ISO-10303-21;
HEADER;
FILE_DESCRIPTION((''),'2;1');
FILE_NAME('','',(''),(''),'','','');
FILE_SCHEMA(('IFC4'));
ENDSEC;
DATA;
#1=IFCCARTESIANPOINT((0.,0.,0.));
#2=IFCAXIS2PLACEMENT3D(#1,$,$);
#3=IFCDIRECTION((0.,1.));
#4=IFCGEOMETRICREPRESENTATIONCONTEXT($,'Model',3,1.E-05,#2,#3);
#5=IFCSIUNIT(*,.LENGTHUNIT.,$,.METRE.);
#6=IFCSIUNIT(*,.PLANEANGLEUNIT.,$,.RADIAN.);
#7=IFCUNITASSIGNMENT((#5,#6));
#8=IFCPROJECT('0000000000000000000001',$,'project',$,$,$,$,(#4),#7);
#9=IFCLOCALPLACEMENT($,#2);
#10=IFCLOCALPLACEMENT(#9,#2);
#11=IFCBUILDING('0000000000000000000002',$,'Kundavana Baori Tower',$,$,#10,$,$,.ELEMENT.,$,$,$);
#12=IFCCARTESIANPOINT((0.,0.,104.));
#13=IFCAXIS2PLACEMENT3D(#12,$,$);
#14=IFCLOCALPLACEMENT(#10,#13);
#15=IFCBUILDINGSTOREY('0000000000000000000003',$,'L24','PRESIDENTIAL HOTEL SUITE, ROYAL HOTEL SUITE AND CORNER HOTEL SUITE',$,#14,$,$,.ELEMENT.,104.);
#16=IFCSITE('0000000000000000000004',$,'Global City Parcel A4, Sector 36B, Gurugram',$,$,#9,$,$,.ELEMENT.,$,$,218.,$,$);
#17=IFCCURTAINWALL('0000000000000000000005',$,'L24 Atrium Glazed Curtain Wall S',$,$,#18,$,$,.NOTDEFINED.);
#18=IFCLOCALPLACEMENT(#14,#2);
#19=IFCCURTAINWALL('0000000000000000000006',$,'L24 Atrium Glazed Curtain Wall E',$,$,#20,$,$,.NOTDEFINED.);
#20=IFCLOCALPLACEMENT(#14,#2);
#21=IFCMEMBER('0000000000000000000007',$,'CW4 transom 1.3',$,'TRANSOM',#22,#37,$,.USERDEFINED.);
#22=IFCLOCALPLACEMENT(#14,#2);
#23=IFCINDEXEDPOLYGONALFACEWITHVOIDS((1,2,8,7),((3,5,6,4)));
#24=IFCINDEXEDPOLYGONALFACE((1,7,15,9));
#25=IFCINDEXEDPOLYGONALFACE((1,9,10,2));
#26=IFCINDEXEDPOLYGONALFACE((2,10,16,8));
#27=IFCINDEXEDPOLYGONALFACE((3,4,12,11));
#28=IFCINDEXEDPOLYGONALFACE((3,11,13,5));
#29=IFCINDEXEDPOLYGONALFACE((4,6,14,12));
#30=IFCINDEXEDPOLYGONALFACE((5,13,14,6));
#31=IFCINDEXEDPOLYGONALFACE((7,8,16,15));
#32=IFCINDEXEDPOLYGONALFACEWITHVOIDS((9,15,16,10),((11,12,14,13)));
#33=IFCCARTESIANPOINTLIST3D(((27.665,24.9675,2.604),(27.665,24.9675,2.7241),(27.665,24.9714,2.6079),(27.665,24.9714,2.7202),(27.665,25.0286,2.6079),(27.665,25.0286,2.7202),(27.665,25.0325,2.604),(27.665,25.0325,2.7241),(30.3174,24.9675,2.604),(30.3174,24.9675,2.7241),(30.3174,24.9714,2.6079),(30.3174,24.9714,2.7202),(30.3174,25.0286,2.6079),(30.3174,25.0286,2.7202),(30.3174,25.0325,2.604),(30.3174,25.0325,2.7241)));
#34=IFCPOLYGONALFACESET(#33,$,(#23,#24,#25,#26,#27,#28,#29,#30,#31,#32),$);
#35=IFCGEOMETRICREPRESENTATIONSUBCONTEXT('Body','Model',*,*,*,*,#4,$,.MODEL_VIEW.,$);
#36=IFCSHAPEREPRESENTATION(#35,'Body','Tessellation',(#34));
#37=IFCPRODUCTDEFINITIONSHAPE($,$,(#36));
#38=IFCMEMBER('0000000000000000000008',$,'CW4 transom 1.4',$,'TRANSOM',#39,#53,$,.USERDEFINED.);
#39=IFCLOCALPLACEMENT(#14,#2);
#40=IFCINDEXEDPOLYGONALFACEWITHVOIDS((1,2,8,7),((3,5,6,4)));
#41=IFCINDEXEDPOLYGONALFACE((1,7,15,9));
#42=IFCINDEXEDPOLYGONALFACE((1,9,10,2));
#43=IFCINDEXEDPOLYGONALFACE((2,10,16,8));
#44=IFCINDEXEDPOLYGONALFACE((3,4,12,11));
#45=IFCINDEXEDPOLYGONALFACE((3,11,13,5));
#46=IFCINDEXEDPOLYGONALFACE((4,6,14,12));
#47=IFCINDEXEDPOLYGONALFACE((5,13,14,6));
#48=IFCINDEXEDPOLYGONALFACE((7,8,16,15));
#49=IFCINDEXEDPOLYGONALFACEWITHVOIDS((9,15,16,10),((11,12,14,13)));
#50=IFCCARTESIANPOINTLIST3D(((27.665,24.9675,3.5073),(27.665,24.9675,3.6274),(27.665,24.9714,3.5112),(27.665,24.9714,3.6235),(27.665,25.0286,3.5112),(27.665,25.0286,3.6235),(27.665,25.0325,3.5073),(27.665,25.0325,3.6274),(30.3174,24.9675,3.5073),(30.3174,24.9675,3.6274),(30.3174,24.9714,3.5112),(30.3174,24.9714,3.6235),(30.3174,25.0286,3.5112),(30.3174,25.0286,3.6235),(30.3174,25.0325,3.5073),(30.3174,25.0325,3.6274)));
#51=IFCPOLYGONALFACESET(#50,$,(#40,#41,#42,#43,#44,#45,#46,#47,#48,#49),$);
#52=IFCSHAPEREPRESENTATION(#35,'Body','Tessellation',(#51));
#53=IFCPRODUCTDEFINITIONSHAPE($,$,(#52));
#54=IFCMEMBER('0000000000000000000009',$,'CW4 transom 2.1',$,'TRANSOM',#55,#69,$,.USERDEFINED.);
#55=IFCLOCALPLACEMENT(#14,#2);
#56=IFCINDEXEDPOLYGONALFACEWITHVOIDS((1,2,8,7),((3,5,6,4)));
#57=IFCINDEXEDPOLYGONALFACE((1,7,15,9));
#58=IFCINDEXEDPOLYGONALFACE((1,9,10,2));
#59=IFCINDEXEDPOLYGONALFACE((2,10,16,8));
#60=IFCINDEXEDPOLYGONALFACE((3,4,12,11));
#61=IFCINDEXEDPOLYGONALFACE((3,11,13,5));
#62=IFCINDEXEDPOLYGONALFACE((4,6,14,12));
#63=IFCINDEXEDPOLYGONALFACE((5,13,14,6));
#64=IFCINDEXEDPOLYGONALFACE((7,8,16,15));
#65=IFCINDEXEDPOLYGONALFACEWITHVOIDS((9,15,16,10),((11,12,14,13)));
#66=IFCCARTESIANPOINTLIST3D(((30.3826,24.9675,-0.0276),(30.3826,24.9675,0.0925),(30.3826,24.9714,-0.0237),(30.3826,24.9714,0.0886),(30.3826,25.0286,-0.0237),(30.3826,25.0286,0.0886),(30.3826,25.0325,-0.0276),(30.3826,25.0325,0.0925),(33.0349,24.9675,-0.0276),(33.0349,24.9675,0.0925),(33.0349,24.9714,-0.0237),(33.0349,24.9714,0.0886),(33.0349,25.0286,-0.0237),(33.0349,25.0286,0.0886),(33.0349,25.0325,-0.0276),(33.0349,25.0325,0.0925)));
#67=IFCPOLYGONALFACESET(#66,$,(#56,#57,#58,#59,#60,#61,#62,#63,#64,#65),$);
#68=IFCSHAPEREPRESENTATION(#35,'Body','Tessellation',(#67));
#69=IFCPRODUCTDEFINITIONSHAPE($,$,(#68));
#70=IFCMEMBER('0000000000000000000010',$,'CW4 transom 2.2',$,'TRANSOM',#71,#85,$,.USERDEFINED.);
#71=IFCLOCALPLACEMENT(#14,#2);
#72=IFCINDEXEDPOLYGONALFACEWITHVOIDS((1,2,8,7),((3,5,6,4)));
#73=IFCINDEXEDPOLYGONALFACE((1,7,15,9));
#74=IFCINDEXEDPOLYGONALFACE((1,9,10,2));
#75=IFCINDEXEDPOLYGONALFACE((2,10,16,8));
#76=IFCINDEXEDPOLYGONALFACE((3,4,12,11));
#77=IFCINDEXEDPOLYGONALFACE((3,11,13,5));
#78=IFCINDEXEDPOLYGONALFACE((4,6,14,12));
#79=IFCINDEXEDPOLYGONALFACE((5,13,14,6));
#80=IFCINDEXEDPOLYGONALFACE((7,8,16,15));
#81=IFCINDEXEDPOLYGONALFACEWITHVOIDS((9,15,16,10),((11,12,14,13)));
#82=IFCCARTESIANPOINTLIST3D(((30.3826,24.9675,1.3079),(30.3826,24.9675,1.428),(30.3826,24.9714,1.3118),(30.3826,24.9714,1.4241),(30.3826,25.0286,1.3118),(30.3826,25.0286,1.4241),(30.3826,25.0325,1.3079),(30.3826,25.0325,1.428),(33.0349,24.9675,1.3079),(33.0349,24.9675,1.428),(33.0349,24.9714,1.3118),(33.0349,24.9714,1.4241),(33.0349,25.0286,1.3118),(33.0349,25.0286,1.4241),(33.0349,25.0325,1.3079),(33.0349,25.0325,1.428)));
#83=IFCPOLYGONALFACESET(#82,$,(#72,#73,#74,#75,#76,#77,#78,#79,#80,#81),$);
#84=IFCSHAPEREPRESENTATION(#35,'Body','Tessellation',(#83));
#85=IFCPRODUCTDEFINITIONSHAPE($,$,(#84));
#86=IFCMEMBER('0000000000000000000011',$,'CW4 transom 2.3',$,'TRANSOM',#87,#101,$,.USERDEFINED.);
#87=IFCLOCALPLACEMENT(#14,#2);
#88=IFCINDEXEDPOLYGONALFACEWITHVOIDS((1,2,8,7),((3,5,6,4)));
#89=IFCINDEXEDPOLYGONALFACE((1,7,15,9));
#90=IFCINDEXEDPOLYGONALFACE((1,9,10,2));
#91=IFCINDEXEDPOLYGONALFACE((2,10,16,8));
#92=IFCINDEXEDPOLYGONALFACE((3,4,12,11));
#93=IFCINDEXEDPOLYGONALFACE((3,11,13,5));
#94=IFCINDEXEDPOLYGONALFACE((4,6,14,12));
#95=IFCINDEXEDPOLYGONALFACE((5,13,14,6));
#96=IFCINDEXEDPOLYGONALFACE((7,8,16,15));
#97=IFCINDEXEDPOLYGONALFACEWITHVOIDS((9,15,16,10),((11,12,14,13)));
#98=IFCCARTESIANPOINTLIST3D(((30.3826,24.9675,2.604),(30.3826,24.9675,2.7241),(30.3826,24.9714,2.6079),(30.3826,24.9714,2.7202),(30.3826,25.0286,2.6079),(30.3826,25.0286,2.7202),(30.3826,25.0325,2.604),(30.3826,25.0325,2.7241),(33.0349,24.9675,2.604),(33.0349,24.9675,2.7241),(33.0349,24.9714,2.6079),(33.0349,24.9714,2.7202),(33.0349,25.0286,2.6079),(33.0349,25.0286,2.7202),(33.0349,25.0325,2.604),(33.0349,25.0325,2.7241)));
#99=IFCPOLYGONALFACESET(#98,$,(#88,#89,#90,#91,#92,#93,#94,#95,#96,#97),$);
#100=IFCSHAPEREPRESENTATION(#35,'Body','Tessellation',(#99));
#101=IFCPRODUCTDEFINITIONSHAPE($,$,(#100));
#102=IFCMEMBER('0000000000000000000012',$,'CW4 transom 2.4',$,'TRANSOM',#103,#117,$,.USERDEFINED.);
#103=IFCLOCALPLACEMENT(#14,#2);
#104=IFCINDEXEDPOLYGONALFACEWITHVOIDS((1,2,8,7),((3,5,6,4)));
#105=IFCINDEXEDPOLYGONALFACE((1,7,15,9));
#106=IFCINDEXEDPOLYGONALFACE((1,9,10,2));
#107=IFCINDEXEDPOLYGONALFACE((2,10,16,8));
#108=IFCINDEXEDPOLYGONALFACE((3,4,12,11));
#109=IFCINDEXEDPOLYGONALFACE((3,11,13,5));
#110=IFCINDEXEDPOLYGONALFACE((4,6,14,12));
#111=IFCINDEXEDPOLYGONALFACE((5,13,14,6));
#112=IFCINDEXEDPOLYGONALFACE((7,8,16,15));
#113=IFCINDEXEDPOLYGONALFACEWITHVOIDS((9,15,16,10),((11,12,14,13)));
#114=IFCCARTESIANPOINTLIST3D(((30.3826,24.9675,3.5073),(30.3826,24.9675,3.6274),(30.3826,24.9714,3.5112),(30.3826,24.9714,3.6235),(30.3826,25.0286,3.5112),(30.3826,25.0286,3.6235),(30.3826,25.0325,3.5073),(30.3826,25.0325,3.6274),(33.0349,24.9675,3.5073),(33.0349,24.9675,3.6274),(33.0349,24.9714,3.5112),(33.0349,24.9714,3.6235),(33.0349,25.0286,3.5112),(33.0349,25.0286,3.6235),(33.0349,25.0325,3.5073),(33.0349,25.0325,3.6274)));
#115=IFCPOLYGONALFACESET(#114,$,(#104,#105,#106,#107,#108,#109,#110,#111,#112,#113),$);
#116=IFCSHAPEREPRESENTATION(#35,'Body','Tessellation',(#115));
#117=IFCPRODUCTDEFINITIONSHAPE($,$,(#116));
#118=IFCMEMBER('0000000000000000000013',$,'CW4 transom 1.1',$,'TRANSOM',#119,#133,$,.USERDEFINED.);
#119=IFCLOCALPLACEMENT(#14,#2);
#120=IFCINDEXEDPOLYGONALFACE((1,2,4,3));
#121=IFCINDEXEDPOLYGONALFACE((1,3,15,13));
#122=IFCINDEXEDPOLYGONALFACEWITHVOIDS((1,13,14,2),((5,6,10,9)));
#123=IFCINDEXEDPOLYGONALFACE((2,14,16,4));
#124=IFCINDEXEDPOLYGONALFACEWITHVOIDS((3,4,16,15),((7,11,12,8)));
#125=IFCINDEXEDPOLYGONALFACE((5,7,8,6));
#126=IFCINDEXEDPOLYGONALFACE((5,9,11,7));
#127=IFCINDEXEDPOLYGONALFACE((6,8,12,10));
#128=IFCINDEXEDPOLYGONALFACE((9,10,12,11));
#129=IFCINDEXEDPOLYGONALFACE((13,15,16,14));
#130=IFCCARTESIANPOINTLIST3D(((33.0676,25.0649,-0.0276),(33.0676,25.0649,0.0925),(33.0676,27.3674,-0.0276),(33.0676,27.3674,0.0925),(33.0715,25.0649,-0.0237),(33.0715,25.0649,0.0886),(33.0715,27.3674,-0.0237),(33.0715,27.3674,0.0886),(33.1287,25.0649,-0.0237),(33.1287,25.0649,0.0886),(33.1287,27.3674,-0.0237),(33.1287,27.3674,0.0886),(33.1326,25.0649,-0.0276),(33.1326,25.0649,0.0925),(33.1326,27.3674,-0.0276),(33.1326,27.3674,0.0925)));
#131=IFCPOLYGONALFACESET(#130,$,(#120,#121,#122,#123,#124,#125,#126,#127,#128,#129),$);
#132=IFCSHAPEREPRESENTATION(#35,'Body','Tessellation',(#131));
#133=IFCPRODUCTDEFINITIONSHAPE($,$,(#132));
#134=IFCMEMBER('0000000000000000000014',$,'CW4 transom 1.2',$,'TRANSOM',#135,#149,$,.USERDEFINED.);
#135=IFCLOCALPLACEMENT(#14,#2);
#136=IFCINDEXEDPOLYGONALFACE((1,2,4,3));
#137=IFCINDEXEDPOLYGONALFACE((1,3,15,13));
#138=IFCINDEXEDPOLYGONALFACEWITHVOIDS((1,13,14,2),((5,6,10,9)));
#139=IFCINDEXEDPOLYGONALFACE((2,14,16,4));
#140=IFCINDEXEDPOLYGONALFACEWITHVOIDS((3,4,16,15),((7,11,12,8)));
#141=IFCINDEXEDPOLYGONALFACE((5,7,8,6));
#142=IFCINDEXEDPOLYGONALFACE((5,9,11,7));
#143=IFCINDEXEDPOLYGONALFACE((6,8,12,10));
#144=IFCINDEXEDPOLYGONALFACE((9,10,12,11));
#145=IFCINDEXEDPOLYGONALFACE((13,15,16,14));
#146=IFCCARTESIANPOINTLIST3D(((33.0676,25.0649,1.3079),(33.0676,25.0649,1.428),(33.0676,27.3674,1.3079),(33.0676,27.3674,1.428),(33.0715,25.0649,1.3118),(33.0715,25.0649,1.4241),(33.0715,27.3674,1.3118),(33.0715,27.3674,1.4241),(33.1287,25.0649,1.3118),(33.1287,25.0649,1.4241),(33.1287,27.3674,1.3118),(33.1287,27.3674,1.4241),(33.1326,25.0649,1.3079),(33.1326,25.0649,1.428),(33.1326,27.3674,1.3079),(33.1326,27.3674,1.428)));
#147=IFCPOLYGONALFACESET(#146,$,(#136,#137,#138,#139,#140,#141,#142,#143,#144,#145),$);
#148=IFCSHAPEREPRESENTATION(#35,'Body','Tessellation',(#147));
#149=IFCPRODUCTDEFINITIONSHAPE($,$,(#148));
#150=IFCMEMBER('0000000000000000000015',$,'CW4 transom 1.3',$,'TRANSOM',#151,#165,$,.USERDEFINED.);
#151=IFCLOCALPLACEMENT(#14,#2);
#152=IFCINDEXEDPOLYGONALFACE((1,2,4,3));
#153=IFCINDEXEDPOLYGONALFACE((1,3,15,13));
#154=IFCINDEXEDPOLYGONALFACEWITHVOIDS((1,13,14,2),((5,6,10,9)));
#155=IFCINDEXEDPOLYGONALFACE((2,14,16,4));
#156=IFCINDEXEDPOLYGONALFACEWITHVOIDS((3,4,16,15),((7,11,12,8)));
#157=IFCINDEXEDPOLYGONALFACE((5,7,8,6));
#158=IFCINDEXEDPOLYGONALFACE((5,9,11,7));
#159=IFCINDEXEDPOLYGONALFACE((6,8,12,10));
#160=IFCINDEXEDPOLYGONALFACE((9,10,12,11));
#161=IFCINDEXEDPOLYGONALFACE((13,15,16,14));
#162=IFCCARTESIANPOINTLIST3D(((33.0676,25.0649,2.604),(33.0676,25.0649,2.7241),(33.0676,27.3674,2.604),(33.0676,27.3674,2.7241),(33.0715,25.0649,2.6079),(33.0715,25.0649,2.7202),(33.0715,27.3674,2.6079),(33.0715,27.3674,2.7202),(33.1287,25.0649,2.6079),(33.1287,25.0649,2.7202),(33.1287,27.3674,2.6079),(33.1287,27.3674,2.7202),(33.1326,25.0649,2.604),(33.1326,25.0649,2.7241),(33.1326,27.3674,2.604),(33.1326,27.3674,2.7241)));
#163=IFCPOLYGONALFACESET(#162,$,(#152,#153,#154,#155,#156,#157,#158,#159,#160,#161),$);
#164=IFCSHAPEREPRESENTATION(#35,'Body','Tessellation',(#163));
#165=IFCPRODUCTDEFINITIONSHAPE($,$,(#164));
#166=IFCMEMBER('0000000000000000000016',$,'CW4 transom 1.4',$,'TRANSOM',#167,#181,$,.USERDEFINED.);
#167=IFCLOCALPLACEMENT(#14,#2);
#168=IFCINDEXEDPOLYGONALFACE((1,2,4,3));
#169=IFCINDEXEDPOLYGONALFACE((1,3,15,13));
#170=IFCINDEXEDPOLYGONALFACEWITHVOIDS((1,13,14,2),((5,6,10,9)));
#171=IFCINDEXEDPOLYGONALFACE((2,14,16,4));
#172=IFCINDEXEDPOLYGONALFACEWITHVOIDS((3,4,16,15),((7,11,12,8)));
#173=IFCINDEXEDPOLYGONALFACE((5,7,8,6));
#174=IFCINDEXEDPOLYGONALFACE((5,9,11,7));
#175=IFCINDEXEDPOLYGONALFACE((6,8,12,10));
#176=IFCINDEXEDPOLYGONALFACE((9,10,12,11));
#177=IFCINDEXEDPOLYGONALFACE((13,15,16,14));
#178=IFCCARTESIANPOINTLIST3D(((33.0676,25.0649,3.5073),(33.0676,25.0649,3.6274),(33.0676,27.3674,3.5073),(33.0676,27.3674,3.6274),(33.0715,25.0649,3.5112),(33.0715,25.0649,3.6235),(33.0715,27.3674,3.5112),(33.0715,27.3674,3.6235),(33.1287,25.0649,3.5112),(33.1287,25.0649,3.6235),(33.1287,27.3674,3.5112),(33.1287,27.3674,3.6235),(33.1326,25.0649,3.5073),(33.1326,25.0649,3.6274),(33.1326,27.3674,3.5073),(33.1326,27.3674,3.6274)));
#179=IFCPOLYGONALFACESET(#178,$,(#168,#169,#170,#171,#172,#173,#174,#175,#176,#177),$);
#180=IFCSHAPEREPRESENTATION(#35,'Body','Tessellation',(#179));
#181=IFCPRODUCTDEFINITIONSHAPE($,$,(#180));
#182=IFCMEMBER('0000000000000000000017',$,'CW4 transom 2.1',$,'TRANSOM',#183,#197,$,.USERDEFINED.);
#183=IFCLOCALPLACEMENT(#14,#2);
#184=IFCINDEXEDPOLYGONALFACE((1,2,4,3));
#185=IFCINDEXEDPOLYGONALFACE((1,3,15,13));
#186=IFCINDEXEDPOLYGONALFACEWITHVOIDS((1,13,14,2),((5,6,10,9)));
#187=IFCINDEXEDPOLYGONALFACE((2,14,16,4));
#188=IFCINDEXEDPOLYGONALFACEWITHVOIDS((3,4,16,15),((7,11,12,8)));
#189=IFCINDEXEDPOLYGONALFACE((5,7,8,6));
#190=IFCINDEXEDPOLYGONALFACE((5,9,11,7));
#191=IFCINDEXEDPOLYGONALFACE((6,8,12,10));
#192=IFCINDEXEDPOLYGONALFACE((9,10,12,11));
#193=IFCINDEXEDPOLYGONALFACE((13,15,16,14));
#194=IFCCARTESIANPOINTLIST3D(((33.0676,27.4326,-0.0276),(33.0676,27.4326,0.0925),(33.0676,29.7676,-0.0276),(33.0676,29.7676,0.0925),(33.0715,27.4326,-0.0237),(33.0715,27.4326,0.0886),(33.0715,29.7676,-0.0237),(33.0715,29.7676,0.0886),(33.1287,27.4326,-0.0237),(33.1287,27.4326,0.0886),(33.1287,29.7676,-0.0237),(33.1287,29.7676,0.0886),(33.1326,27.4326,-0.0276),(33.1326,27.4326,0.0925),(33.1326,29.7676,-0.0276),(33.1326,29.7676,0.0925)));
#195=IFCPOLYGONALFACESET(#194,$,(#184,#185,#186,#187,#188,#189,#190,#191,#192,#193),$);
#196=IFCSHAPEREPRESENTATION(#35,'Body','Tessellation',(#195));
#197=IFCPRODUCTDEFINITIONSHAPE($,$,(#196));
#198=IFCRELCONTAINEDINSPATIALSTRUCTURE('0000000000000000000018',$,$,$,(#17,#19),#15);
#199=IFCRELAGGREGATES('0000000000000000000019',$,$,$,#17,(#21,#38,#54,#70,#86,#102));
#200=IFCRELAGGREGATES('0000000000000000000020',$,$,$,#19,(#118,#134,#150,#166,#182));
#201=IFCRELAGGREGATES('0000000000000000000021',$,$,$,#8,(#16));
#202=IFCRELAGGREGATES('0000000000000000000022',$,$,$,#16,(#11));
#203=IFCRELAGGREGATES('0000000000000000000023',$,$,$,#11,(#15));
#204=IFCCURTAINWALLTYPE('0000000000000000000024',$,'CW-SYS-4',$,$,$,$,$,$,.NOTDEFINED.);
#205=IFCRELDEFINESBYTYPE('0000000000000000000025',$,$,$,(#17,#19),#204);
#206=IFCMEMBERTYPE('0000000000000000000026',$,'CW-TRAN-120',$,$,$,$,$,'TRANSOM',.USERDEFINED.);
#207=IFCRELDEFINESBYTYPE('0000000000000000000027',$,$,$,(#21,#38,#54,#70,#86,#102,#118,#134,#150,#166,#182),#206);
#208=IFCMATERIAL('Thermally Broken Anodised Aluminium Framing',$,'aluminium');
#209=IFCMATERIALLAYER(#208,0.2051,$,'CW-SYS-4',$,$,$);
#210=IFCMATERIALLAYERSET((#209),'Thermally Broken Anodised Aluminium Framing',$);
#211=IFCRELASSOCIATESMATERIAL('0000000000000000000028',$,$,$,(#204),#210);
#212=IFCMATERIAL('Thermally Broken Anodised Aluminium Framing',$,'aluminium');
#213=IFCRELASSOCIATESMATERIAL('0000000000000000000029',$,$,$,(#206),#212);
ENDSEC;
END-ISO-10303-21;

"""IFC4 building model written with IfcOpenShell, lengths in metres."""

from ifc_helpers import new_model, si_unit, direction, frame, origin, origin_2d, place, context, subcontext, project, spatial, hollow_rectangle, extrude, material, layer, layer_set, material_profile, profile_set, type_object, element, aggregate, save


model = new_model("IFC4")

# Units and contexts
model_context = context("Model", 3, precision=1e-05, world=origin(), true_north=direction((0.0, 1.0)))
body_context = subcontext(model_context, "Body", "Model", "MODEL_VIEW")
ifc_project = project(units=[si_unit("LENGTHUNIT", "METRE"), si_unit("PLANEANGLEUNIT", "RADIAN")], contexts=[model_context])

# Site, building, storey
site_placement = place(None, origin())
site = spatial("IfcSite", under=ifc_project, at=site_placement, Name="Global City Parcel A4, Sector 36B, Gurugram", CompositionType="ELEMENT", RefElevation=218.0)
building_placement = place(site_placement, origin())
building = spatial("IfcBuilding", under=site, at=building_placement, Name="Kundavana Baori Tower", CompositionType="ELEMENT")
storey_placement = place(building_placement, frame((0.0, 0.0, 104.0)))
storey = spatial("IfcBuildingStorey", under=building, at=storey_placement, Name="L24", Description="PRESIDENTIAL HOTEL SUITE, ROYAL HOTEL SUITE AND CORNER HOTEL SUITE", CompositionType="ELEMENT", Elevation=104.0)

# Curtain walls
ifc_material_1 = material(Name="Thermally Broken Anodised Aluminium Framing", Category="aluminium")
ifc_layer_1 = layer(ifc_material_1, 0.2051, Name="CW-SYS-4")
ifc_layer_set_1 = layer_set([ifc_layer_1], Name="Thermally Broken Anodised Aluminium Framing")
curtain_wall_type = type_object("IfcCurtainWallType", Name="CW-SYS-4", PredefinedType="NOTDEFINED", material=ifc_layer_set_1)
curtain_wall_1_placement = place(storey_placement, origin())
curtain_wall_1 = element("IfcCurtainWall", 1, at=curtain_wall_1_placement, inside=storey, type_object=curtain_wall_type, Name="L24 Atrium Glazed Curtain Wall S", PredefinedType="NOTDEFINED")
curtain_wall_2_placement = place(storey_placement, origin())
curtain_wall_2 = element("IfcCurtainWall", 2, at=curtain_wall_2_placement, inside=storey, type_object=curtain_wall_type, Name="L24 Atrium Glazed Curtain Wall E", PredefinedType="NOTDEFINED")

# Members
ifc_material_2 = material(Name="Thermally Broken Anodised Aluminium Framing", Category="aluminium")
ifc_material_profile_1 = material_profile(ifc_material_2, hollow_rectangle(XDim=0.0649, YDim=0.1201, WallThickness=0.0039, at=origin_2d()), Name="CW-TRAN-120")
ifc_profile_set_1 = profile_set([ifc_material_profile_1], Name="Thermally Broken Anodised Aluminium Framing")
member_type_1 = type_object("IfcMemberType", Name="CW-TRAN-120", ElementType="TRANSOM", PredefinedType="USERDEFINED", material=ifc_profile_set_1)
member_1_placement = place(storey_placement, frame((27.665, 25.0, 2.6641), z_axis=(1.0, 0.0, 0.0), x_axis=(0.0, 1.0, 0.0)))
member_1 = element("IfcMember", 3, at=member_1_placement, type_object=member_type_1, Name="CW4 transom 1.3", ObjectType="TRANSOM", PredefinedType="USERDEFINED", context=body_context, shape_type="SweptSolid", body=[
    extrude(hollow_rectangle(XDim=0.0649, YDim=0.1201, WallThickness=0.0039, at=origin_2d()), origin(), (0.0, 0.0, 1.0), 2.6523),
])
member_2_placement = place(storey_placement, frame((27.665, 25.0, 3.5674), z_axis=(1.0, 0.0, 0.0), x_axis=(0.0, 1.0, 0.0)))
member_2 = element("IfcMember", 4, at=member_2_placement, type_object=member_type_1, Name="CW4 transom 1.4", ObjectType="TRANSOM", PredefinedType="USERDEFINED", context=body_context, shape_type="SweptSolid", body=[
    extrude(hollow_rectangle(XDim=0.0649, YDim=0.1201, WallThickness=0.0039, at=origin_2d()), origin(), (0.0, 0.0, 1.0), 2.6523),
])
member_3_placement = place(storey_placement, frame((30.3826, 25.0, 0.0325), z_axis=(1.0, 0.0, 0.0), x_axis=(0.0, 1.0, 0.0)))
member_3 = element("IfcMember", 5, at=member_3_placement, type_object=member_type_1, Name="CW4 transom 2.1", ObjectType="TRANSOM", PredefinedType="USERDEFINED", context=body_context, shape_type="SweptSolid", body=[
    extrude(hollow_rectangle(XDim=0.0649, YDim=0.1201, WallThickness=0.0039, at=origin_2d()), origin(), (0.0, 0.0, 1.0), 2.6523),
])
member_4_placement = place(storey_placement, frame((30.3826, 25.0, 1.3679), z_axis=(1.0, 0.0, 0.0), x_axis=(0.0, 1.0, 0.0)))
member_4 = element("IfcMember", 6, at=member_4_placement, type_object=member_type_1, Name="CW4 transom 2.2", ObjectType="TRANSOM", PredefinedType="USERDEFINED", context=body_context, shape_type="SweptSolid", body=[
    extrude(hollow_rectangle(XDim=0.0649, YDim=0.1201, WallThickness=0.0039, at=origin_2d()), origin(), (0.0, 0.0, 1.0), 2.6523),
])
member_5_placement = place(storey_placement, frame((30.3826, 25.0, 2.6641), z_axis=(1.0, 0.0, 0.0), x_axis=(0.0, 1.0, 0.0)))
member_5 = element("IfcMember", 7, at=member_5_placement, type_object=member_type_1, Name="CW4 transom 2.3", ObjectType="TRANSOM", PredefinedType="USERDEFINED", context=body_context, shape_type="SweptSolid", body=[
    extrude(hollow_rectangle(XDim=0.0649, YDim=0.1201, WallThickness=0.0039, at=origin_2d()), origin(), (0.0, 0.0, 1.0), 2.6523),
])
member_6_placement = place(storey_placement, frame((30.3826, 25.0, 3.5674), z_axis=(1.0, 0.0, 0.0), x_axis=(0.0, 1.0, 0.0)))
member_6 = element("IfcMember", 8, at=member_6_placement, type_object=member_type_1, Name="CW4 transom 2.4", ObjectType="TRANSOM", PredefinedType="USERDEFINED", context=body_context, shape_type="SweptSolid", body=[
    extrude(hollow_rectangle(XDim=0.0649, YDim=0.1201, WallThickness=0.0039, at=origin_2d()), origin(), (0.0, 0.0, 1.0), 2.6523),
])
member_7_placement = place(storey_placement, frame((33.1001, 25.0649, 0.0325), z_axis=(0.0, 1.0, 0.0), x_axis=(-1.0, 0.0, 0.0)))
member_7 = element("IfcMember", 9, at=member_7_placement, type_object=member_type_1, Name="CW4 transom 1.1", ObjectType="TRANSOM", PredefinedType="USERDEFINED", context=body_context, shape_type="SweptSolid", body=[
    extrude(hollow_rectangle(XDim=0.0649, YDim=0.1201, WallThickness=0.0039, at=origin_2d()), origin(), (0.0, 0.0, 1.0), 2.3025),
])
member_8_placement = place(storey_placement, frame((33.1001, 25.0649, 1.3679), z_axis=(0.0, 1.0, 0.0), x_axis=(-1.0, 0.0, 0.0)))
member_8 = element("IfcMember", 10, at=member_8_placement, type_object=member_type_1, Name="CW4 transom 1.2", ObjectType="TRANSOM", PredefinedType="USERDEFINED", context=body_context, shape_type="SweptSolid", body=[
    extrude(hollow_rectangle(XDim=0.0649, YDim=0.1201, WallThickness=0.0039, at=origin_2d()), origin(), (0.0, 0.0, 1.0), 2.3025),
])
member_9_placement = place(storey_placement, frame((33.1001, 25.0649, 2.6641), z_axis=(0.0, 1.0, 0.0), x_axis=(-1.0, 0.0, 0.0)))
member_9 = element("IfcMember", 11, at=member_9_placement, type_object=member_type_1, Name="CW4 transom 1.3", ObjectType="TRANSOM", PredefinedType="USERDEFINED", context=body_context, shape_type="SweptSolid", body=[
    extrude(hollow_rectangle(XDim=0.0649, YDim=0.1201, WallThickness=0.0039, at=origin_2d()), origin(), (0.0, 0.0, 1.0), 2.3025),
])
member_10_placement = place(storey_placement, frame((33.1001, 25.0649, 3.5674), z_axis=(0.0, 1.0, 0.0), x_axis=(-1.0, 0.0, 0.0)))
member_10 = element("IfcMember", 12, at=member_10_placement, type_object=member_type_1, Name="CW4 transom 1.4", ObjectType="TRANSOM", PredefinedType="USERDEFINED", context=body_context, shape_type="SweptSolid", body=[
    extrude(hollow_rectangle(XDim=0.0649, YDim=0.1201, WallThickness=0.0039, at=origin_2d()), origin(), (0.0, 0.0, 1.0), 2.3025),
])
member_11_placement = place(storey_placement, frame((33.1001, 27.4326, 0.0325), z_axis=(0.0, 1.0, 0.0), x_axis=(-1.0, 0.0, 0.0)))
member_11 = element("IfcMember", 13, at=member_11_placement, type_object=member_type_1, Name="CW4 transom 2.1", ObjectType="TRANSOM", PredefinedType="USERDEFINED", context=body_context, shape_type="SweptSolid", body=[
    extrude(hollow_rectangle(XDim=0.0649, YDim=0.1201, WallThickness=0.0039, at=origin_2d()), origin(), (0.0, 0.0, 1.0), 2.335),
])

aggregate(curtain_wall_1, [member_1, member_2, member_3, member_4, member_5, member_6])
aggregate(curtain_wall_2, [member_7, member_8, member_9, member_10, member_11])

save(model, "model.ifc")
